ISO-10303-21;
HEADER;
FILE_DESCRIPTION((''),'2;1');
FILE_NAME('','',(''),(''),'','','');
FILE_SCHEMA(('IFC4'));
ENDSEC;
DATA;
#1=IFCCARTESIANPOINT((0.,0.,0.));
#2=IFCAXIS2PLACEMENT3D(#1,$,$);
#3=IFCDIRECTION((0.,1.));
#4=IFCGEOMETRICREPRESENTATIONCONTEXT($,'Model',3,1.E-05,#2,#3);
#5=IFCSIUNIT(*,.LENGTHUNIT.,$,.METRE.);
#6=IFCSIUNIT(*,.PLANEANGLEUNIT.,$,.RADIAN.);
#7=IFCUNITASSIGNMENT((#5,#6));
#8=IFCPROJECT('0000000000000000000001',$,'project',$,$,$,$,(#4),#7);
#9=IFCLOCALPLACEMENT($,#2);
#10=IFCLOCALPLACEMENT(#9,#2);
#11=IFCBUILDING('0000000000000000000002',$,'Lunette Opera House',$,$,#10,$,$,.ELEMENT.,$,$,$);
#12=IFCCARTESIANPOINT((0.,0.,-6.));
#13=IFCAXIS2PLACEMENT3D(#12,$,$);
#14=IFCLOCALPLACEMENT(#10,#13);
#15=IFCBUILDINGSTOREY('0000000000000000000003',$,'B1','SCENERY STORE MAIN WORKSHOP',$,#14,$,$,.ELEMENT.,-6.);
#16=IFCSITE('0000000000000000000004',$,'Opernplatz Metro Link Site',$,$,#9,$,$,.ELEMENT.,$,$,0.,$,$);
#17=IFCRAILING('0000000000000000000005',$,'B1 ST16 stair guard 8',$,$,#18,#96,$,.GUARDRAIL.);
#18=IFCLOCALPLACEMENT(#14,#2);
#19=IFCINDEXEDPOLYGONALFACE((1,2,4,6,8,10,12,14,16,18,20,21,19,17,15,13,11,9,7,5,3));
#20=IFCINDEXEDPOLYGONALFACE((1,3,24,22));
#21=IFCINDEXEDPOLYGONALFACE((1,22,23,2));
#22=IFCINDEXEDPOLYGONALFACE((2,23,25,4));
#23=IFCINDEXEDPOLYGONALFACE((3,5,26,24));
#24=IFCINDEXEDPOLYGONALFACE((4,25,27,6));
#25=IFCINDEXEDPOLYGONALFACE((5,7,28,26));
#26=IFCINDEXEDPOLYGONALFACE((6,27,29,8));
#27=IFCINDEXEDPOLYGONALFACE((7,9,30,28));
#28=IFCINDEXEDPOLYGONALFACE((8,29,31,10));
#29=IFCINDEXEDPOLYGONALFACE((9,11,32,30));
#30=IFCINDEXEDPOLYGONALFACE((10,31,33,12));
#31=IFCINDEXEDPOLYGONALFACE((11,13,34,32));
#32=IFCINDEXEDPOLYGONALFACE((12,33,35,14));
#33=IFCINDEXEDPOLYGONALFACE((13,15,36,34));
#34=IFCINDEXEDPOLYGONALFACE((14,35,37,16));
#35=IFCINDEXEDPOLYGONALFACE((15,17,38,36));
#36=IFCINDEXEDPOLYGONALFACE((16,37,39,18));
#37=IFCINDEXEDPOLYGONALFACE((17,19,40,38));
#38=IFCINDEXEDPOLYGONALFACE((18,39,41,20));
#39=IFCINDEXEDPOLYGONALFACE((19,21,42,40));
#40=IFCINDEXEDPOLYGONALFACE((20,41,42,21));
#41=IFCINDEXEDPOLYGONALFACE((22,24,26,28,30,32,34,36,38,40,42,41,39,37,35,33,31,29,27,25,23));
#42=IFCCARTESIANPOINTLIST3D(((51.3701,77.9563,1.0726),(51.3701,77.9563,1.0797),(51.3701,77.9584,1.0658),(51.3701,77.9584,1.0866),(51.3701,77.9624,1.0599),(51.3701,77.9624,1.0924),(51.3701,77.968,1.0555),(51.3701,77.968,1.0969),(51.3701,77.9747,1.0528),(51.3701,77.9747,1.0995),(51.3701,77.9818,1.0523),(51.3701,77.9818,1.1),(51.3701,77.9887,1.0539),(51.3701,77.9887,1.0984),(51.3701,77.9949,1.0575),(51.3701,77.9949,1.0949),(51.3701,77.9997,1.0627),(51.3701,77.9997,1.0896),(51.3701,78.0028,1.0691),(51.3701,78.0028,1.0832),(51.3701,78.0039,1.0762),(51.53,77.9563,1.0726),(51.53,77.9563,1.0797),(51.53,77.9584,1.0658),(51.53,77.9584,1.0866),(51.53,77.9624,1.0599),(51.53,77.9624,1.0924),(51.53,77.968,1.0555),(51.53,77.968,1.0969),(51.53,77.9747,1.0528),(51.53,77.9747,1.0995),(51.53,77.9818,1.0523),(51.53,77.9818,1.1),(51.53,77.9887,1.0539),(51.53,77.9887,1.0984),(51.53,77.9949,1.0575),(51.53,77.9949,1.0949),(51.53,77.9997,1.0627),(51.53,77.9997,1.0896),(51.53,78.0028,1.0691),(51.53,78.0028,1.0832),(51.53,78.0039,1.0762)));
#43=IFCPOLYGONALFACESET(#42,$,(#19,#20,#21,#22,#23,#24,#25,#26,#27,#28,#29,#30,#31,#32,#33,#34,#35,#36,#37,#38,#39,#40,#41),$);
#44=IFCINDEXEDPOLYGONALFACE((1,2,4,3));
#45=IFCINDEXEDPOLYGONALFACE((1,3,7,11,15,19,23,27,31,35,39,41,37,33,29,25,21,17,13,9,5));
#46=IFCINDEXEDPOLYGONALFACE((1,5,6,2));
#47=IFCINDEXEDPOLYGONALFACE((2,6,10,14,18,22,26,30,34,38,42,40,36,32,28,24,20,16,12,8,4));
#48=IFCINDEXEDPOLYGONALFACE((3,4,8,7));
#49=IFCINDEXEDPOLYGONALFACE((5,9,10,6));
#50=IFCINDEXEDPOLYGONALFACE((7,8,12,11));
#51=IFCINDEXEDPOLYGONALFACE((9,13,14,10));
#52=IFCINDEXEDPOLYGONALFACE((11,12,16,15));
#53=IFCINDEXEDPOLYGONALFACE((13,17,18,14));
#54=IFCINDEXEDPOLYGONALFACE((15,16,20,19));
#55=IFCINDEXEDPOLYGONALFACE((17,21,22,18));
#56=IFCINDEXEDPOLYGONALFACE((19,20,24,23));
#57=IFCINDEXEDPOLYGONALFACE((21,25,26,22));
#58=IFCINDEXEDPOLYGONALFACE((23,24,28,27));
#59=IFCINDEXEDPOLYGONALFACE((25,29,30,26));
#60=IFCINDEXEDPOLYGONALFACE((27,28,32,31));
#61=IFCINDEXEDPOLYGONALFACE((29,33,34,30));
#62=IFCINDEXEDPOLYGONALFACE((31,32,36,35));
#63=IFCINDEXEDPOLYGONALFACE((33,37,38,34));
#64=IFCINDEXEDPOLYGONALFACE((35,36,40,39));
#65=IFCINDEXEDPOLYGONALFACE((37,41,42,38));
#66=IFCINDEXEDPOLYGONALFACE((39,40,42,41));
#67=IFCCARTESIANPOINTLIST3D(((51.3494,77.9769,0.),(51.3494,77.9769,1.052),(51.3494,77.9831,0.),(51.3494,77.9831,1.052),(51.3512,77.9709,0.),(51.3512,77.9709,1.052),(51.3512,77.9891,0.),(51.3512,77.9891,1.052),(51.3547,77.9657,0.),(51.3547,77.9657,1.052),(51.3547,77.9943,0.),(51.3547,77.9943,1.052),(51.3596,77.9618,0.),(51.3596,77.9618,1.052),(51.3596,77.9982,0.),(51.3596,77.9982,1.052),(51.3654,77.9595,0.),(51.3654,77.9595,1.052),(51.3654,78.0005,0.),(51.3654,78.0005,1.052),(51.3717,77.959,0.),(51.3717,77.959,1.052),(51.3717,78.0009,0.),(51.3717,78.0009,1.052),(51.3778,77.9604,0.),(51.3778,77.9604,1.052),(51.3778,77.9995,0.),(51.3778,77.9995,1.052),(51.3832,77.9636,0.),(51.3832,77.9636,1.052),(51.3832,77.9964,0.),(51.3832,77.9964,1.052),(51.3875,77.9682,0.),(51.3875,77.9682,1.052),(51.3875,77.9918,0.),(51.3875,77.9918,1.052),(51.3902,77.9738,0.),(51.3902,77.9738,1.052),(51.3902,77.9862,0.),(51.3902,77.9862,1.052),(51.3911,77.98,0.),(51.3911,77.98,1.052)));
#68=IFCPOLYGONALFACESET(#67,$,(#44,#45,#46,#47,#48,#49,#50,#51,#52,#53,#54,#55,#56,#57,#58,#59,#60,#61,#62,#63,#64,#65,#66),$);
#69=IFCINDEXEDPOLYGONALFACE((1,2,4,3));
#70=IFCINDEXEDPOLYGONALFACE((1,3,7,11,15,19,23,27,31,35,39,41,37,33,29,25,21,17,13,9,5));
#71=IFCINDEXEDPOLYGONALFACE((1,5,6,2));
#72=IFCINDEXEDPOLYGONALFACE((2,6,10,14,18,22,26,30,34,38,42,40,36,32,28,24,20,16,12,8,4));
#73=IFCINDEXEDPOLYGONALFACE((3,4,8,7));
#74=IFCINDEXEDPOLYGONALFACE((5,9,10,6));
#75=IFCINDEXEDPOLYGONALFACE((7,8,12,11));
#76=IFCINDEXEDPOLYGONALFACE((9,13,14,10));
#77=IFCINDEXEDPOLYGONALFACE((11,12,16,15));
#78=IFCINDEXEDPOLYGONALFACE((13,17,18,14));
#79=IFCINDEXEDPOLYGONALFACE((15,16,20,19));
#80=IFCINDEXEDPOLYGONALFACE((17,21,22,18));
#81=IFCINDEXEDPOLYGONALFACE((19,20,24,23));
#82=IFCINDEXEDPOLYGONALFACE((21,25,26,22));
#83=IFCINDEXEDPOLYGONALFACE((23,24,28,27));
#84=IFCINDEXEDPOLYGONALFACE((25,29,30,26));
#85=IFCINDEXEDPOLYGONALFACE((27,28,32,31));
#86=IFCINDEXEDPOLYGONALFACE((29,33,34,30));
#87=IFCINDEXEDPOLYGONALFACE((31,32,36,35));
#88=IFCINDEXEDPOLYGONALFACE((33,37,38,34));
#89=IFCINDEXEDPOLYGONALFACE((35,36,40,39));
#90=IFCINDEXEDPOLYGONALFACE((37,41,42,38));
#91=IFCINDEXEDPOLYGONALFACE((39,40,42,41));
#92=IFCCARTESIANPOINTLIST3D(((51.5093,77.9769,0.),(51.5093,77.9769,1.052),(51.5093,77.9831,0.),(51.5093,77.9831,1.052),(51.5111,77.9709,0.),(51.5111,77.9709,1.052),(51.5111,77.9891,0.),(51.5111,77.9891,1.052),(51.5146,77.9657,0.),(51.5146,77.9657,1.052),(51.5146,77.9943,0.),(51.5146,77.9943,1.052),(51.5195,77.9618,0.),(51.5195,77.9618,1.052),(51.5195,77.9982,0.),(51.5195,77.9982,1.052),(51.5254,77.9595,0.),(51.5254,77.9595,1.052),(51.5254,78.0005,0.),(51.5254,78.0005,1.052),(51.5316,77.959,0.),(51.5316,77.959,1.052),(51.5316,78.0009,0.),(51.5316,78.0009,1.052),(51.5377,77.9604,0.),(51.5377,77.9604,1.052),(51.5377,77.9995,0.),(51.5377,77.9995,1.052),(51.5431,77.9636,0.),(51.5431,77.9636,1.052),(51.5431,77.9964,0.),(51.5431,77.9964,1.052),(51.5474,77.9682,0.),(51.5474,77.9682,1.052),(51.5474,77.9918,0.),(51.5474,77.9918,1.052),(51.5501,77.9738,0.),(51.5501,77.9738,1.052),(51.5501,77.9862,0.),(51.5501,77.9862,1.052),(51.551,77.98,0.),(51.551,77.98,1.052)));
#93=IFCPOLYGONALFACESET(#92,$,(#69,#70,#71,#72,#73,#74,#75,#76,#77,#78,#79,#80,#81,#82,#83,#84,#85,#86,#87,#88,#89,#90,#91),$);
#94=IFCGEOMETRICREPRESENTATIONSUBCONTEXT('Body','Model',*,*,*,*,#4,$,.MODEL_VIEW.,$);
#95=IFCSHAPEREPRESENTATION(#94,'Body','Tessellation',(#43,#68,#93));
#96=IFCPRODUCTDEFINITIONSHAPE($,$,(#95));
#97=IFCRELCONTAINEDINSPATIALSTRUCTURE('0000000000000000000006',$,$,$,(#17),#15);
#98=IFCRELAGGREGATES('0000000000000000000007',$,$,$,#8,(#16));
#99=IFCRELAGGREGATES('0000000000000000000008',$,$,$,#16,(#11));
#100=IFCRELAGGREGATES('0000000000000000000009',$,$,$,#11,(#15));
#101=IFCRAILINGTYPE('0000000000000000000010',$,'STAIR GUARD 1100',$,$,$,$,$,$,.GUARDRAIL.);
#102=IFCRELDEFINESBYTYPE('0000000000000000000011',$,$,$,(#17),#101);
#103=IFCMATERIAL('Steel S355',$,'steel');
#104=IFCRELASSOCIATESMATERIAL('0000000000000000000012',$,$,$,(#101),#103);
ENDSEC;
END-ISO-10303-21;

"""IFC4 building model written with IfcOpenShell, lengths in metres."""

from ifc_helpers import new_model, si_unit, direction, frame, origin, origin_2d, place, context, subcontext, project, spatial, circle, extrude, material, type_object, element, save


model = new_model("IFC4")

# Units and contexts
model_context = context("Model", 3, precision=1e-05, world=origin(), true_north=direction((0.0, 1.0)))
body_context = subcontext(model_context, "Body", "Model", "MODEL_VIEW")
ifc_project = project(units=[si_unit("LENGTHUNIT", "METRE"), si_unit("PLANEANGLEUNIT", "RADIAN")], contexts=[model_context])

# Site, building, storey
site_placement = place(None, origin())
site = spatial("IfcSite", under=ifc_project, at=site_placement, Name="Opernplatz Metro Link Site", CompositionType="ELEMENT", RefElevation=0.0)
building_placement = place(site_placement, origin())
building = spatial("IfcBuilding", under=site, at=building_placement, Name="Lunette Opera House", CompositionType="ELEMENT")
storey_placement = place(building_placement, frame((0.0, 0.0, -6.0)))
storey = spatial("IfcBuildingStorey", under=building, at=storey_placement, Name="B1", Description="SCENERY STORE MAIN WORKSHOP", CompositionType="ELEMENT", Elevation=-6.0)

# Railing
ifc_material_1 = material(Name="Steel S355", Category="steel")
railing_type_1 = type_object("IfcRailingType", Name="STAIR GUARD 1100", PredefinedType="GUARDRAIL", material=ifc_material_1)
railing_1_placement = place(storey_placement, frame((51.3701, 77.98, 0.0)))
element("IfcRailing", 1, at=railing_1_placement, inside=storey, type_object=railing_type_1, Name="B1 ST16 stair guard 8", PredefinedType="GUARDRAIL", context=body_context, shape_type="SweptSolid", body=[
    extrude(circle(Radius=0.0239, at=origin_2d()), frame((0.0, 0.0, 1.0762), z_axis=(1.0, 0.0, 0.0), x_axis=(0.0, 1.0, 0.0)), (0.0, 0.0, 1.0), 0.1599),
    extrude(circle(Radius=0.021, at=origin_2d()), origin(), (0.0, 0.0, 1.0), 1.052),
    extrude(circle(Radius=0.021, at=origin_2d()), frame((0.1599, 0.0, 0.0)), (0.0, 0.0, 1.0), 1.052),
])

save(model, "model.ifc")
